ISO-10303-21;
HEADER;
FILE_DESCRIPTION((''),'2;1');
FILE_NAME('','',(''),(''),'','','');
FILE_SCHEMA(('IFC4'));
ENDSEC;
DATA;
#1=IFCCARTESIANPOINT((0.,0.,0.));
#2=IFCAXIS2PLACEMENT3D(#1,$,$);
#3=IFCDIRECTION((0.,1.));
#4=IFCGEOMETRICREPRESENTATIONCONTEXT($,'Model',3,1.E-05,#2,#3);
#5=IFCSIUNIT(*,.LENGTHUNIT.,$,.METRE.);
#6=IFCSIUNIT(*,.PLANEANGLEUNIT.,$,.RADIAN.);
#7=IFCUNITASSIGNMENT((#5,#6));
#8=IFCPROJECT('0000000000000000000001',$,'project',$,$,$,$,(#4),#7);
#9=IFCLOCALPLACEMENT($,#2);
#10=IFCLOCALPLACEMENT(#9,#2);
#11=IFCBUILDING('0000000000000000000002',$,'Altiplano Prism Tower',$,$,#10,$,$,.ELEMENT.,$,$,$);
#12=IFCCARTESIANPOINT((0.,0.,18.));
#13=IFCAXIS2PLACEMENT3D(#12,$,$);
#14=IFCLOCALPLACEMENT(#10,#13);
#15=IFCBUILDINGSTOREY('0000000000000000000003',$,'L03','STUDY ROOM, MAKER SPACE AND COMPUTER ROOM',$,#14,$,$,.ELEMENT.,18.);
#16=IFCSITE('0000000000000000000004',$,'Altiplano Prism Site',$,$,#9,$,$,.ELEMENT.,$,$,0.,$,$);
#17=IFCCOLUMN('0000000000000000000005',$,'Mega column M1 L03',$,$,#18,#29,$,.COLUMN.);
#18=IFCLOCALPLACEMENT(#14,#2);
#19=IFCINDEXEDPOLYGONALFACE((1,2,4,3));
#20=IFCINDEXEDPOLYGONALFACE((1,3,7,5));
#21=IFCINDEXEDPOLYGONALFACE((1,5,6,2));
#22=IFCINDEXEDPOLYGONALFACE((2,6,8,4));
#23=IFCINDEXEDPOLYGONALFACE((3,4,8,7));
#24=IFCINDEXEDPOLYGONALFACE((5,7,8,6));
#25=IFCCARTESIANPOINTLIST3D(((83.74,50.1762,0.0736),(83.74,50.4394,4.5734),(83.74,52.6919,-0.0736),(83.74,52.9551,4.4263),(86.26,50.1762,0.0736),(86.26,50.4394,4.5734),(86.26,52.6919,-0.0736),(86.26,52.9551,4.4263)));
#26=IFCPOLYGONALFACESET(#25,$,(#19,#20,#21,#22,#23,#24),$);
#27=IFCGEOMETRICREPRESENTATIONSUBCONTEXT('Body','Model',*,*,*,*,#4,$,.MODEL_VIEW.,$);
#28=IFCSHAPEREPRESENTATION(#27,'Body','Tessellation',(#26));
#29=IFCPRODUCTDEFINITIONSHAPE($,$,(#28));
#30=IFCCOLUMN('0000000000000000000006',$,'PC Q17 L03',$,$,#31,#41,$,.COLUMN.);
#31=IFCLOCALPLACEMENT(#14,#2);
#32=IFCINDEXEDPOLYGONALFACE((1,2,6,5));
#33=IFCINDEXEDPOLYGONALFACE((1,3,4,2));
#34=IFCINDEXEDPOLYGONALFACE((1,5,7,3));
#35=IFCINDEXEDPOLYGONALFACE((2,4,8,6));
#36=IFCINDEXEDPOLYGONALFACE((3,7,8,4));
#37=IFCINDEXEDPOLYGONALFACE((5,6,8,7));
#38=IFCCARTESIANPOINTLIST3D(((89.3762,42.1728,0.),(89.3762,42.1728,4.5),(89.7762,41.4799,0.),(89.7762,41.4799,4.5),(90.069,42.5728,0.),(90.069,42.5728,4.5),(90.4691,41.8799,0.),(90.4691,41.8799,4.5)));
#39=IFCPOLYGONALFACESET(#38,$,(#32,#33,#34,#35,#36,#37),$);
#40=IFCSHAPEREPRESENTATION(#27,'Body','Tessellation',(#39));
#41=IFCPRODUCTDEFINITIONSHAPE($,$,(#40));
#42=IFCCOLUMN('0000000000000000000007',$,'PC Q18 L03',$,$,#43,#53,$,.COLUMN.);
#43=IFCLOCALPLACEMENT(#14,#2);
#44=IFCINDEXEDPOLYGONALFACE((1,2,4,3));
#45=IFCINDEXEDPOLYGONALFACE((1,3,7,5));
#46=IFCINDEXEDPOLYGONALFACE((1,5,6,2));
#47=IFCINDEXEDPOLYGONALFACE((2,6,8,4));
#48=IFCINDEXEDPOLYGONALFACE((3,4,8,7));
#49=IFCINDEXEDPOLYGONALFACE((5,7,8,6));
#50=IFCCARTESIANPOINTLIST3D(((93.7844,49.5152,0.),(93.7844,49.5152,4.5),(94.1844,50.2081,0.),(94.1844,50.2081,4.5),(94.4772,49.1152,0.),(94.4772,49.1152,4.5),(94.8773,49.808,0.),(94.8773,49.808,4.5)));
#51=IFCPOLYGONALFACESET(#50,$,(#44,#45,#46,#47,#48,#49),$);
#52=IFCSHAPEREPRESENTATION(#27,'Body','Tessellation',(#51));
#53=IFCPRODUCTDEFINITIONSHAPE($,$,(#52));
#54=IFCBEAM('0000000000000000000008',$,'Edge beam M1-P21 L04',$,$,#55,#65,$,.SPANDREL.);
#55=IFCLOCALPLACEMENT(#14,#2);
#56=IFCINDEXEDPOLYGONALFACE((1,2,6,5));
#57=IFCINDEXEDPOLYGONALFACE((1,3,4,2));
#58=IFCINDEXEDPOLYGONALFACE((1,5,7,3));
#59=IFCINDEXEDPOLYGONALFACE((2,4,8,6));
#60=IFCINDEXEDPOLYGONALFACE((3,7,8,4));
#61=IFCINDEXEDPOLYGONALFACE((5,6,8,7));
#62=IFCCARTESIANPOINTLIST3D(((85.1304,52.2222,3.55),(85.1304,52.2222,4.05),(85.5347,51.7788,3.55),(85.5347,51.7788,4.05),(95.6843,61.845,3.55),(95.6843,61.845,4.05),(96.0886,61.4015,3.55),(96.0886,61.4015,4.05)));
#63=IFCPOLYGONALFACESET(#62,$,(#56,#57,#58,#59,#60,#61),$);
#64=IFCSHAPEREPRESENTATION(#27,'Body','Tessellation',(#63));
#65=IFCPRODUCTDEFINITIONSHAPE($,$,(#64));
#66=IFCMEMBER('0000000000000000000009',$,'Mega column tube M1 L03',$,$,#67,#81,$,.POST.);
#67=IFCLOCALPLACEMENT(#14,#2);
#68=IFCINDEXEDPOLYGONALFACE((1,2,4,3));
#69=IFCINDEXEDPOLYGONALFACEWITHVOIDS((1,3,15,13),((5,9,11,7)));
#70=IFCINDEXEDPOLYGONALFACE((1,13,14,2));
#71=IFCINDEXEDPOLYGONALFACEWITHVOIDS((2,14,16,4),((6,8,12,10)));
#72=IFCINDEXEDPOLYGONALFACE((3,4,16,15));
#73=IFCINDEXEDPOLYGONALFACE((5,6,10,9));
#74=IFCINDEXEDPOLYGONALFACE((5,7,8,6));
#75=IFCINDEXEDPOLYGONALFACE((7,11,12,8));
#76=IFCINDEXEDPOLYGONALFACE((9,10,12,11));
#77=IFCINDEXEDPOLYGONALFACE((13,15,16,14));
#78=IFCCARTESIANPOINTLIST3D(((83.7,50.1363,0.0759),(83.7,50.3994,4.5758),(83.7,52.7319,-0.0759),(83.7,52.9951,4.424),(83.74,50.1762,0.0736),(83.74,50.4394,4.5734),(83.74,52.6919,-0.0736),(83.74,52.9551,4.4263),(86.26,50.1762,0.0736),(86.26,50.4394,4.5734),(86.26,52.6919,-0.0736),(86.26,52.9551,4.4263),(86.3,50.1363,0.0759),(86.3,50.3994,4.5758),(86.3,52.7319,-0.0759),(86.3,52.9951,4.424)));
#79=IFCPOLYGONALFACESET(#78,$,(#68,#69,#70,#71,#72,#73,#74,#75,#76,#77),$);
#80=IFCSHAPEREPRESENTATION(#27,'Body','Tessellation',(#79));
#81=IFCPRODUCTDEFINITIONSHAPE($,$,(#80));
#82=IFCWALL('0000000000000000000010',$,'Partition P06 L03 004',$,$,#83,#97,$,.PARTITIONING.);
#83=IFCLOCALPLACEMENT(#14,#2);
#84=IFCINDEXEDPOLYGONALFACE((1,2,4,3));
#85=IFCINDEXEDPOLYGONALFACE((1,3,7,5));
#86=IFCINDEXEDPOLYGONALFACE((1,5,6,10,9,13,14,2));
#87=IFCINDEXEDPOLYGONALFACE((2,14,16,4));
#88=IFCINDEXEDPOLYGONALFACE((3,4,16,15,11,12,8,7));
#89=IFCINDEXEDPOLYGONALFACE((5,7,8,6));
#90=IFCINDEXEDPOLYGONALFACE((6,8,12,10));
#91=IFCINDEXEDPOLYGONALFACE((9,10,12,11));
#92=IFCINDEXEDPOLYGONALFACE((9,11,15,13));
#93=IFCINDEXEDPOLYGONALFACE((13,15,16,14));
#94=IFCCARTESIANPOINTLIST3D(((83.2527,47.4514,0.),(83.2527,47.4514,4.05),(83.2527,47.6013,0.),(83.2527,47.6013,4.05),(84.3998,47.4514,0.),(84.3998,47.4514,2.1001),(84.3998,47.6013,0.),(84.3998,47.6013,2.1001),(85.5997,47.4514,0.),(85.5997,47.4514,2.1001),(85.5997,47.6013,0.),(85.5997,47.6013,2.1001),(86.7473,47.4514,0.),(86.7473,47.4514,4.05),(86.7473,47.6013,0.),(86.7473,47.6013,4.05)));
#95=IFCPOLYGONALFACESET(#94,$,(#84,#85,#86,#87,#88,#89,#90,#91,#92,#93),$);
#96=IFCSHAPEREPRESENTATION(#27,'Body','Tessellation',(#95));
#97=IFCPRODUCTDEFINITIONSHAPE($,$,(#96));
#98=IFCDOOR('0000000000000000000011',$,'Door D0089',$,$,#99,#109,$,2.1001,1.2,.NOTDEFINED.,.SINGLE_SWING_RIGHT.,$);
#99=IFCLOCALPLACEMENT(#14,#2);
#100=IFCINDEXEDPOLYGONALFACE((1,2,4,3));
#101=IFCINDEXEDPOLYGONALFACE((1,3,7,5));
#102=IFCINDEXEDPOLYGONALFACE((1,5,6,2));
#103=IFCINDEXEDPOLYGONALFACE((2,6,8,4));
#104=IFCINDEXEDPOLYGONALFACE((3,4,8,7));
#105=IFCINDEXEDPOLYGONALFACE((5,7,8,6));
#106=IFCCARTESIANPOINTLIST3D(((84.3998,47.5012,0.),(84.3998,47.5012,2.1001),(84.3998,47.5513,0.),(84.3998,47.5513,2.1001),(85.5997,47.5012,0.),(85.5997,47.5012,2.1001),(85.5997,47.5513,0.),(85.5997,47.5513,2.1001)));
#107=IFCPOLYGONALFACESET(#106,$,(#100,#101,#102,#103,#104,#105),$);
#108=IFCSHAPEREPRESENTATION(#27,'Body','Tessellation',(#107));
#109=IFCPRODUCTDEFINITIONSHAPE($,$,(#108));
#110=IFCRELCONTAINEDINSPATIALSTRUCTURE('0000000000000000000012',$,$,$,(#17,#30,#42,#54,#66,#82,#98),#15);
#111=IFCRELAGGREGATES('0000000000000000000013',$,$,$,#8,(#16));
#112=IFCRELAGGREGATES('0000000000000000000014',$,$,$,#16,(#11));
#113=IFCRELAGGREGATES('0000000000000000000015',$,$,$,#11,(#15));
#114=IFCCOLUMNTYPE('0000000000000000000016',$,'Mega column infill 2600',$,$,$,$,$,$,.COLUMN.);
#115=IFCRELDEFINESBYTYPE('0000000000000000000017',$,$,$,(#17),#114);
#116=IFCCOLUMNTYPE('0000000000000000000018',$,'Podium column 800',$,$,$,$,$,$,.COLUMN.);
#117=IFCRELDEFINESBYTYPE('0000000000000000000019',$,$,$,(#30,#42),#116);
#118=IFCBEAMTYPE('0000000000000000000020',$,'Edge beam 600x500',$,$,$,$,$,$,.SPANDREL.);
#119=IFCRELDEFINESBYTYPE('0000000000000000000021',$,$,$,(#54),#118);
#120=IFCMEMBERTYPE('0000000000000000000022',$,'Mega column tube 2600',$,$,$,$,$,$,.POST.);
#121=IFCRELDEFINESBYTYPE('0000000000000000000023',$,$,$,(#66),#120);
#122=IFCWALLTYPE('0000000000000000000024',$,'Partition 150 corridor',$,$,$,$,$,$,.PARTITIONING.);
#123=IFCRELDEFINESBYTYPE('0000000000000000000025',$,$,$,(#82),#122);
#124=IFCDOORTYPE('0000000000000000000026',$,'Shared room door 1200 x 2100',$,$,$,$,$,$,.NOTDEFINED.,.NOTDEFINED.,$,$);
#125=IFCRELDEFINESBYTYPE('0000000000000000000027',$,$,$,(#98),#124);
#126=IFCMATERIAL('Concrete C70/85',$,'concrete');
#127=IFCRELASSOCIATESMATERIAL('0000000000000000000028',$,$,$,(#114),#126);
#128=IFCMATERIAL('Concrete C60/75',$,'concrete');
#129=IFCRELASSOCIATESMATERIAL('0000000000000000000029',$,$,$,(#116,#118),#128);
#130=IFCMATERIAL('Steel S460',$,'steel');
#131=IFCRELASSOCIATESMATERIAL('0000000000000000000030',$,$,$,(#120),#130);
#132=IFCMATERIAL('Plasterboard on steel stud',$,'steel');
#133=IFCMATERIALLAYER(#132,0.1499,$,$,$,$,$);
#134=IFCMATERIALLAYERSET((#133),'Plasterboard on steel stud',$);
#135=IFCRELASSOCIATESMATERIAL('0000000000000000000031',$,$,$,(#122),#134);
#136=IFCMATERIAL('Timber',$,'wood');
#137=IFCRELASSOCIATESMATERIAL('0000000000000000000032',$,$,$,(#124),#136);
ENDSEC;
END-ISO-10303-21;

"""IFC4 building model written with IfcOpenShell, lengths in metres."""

from ifc_helpers import new_model, si_unit, direction, frame, frame_2d, origin, origin_2d, place, context, subcontext, project, spatial, rectangle, hollow_rectangle, extrude, material, layer, layer_set, material_profile, profile_set, type_object, element, fill, save


model = new_model("IFC4")

# Units and contexts
model_context = context("Model", 3, precision=1e-05, world=origin(), true_north=direction((0.0, 1.0)))
body_context = subcontext(model_context, "Body", "Model", "MODEL_VIEW")
ifc_project = project(units=[si_unit("LENGTHUNIT", "METRE"), si_unit("PLANEANGLEUNIT", "RADIAN")], contexts=[model_context])

# Site, building, storey
site_placement = place(None, origin())
site = spatial("IfcSite", under=ifc_project, at=site_placement, Name="Altiplano Prism Site", CompositionType="ELEMENT", RefElevation=0.0)
building_placement = place(site_placement, origin())
building = spatial("IfcBuilding", under=site, at=building_placement, Name="Altiplano Prism Tower", CompositionType="ELEMENT")
storey_placement = place(building_placement, frame((0.0, 0.0, 18.0)))
storey = spatial("IfcBuildingStorey", under=building, at=storey_placement, Name="L03", Description="STUDY ROOM, MAKER SPACE AND COMPUTER ROOM", CompositionType="ELEMENT", Elevation=18.0)

# Columns
ifc_material_1 = material(Name="Concrete C70/85", Category="concrete")
ifc_material_profile_1 = material_profile(ifc_material_1, rectangle(XDim=2.52, YDim=2.52, at=origin_2d()), Name="Mega column infill 2600")
ifc_profile_set_1 = profile_set([ifc_material_profile_1], Name="Concrete C70/85")
column_type_1 = type_object("IfcColumnType", Name="Mega column infill 2600", PredefinedType="COLUMN", material=ifc_profile_set_1)
column_placement = place(storey_placement, frame((85.0, 51.4341, 0.0), z_axis=(0.0, 0.058385, 0.998294), x_axis=(-1.0, 0.0, 0.0)))
element("IfcColumn", 1, at=column_placement, inside=storey, type_object=column_type_1, Name="Mega column M1 L03", PredefinedType="COLUMN", context=body_context, shape_type="SweptSolid", body=[
    extrude(rectangle(XDim=2.52, YDim=2.52, at=origin_2d()), origin(), (0.0, 0.0, 1.0), 4.5076),
])
ifc_material_2 = material(Name="Concrete C60/75", Category="concrete")
ifc_material_profile_2 = material_profile(ifc_material_2, rectangle(XDim=0.8, YDim=0.8, at=origin_2d()), Name="Podium column 800")
ifc_profile_set_2 = profile_set([ifc_material_profile_2], Name="Concrete C60/75")
column_type_2 = type_object("IfcColumnType", Name="Podium column 800", PredefinedType="COLUMN", material=ifc_profile_set_2)
for number, where, z_axis, x_axis, name in (
    (2, (89.9226, 42.0264, 0.0), (0.0, 0.0, 1.0), (0.866025, 0.5, 0.0), "PC Q17 L03"),
    (3, (94.3308, 49.6616, 0.0), (0.0, 0.0, 1.0), (0.5, 0.866025, 0.0), "PC Q18 L03"),
):
    element("IfcColumn", number, at=place(storey_placement, frame(where, z_axis=z_axis, x_axis=x_axis)), inside=storey, type_object=column_type_2, Name=name, PredefinedType="COLUMN", context=body_context, shape_type="SweptSolid", body=[
        extrude(rectangle(XDim=0.8, YDim=0.8, at=origin_2d()), origin(), (0.0, 0.0, 1.0), 4.5),
    ])

# Beam
ifc_material_profile_3 = material_profile(ifc_material_2, rectangle(XDim=0.6001, YDim=0.5, at=origin_2d()), Name="Edge beam 600x500")
ifc_profile_set_3 = profile_set([ifc_material_profile_3], Name="Concrete C60/75")
beam_type = type_object("IfcBeamType", Name="Edge beam 600x500", PredefinedType="SPANDREL", material=ifc_profile_set_3)
beam_placement = place(storey_placement, frame((85.3325, 52.0005, 3.8), z_axis=(0.738953, 0.673757, 0.0), x_axis=(-0.673757, 0.738953, 0.0)))
element("IfcBeam", 4, at=beam_placement, inside=storey, type_object=beam_type, Name="Edge beam M1-P21 L04", PredefinedType="SPANDREL", context=body_context, shape_type="SweptSolid", body=[
    extrude(rectangle(XDim=0.6001, YDim=0.5, at=origin_2d()), origin(), (0.0, 0.0, 1.0), 14.2822),
])

# Member
ifc_material_3 = material(Name="Steel S460", Category="steel")
ifc_material_profile_4 = material_profile(ifc_material_3, hollow_rectangle(XDim=2.6001, YDim=2.6001, WallThickness=0.04, at=origin_2d()), Name="Mega column tube 2600")
ifc_profile_set_4 = profile_set([ifc_material_profile_4], Name="Steel S460")
member_type = type_object("IfcMemberType", Name="Mega column tube 2600", PredefinedType="POST", material=ifc_profile_set_4)
member_placement = place(storey_placement, frame((85.0, 51.4341, 0.0), z_axis=(0.0, 0.058385, 0.998294), x_axis=(-1.0, 0.0, 0.0)))
element("IfcMember", 5, at=member_placement, inside=storey, type_object=member_type, Name="Mega column tube M1 L03", PredefinedType="POST", context=body_context, shape_type="SweptSolid", body=[
    extrude(hollow_rectangle(XDim=2.6001, YDim=2.6001, WallThickness=0.04, at=origin_2d()), origin(), (0.0, 0.0, 1.0), 4.5076),
])

# Wall, opening, door
ifc_material_4 = material(Name="Plasterboard on steel stud", Category="steel")
ifc_layer_1 = layer(ifc_material_4, 0.1499)
ifc_layer_set_1 = layer_set([ifc_layer_1], Name="Plasterboard on steel stud")
wall_type_1 = type_object("IfcWallType", Name="Partition 150 corridor", PredefinedType="PARTITIONING", material=ifc_layer_set_1)
wall_1_placement = place(storey_placement, frame((83.2527, 47.5264, 0.0), z_axis=(0.0, 0.0, 1.0), x_axis=(1.0, 0.0, 0.0)))
wall_1 = element("IfcWall", 6, at=wall_1_placement, inside=storey, type_object=wall_type_1, Name="Partition P06 L03 004", PredefinedType="PARTITIONING", context=body_context, shape_type="SweptSolid", body=[
    extrude(rectangle(XDim=3.4946, YDim=0.1499, at=frame_2d((1.7473, 0.0))), origin(), (0.0, 0.0, 1.0), 4.05),
])
opening_1_placement = place(wall_1_placement, frame((1.147, 0.0, 0.0)))
opening_1 = element("IfcOpeningElement", 7, at=opening_1_placement, cuts=wall_1, PredefinedType="OPENING", context=body_context, shape_type="SweptSolid", body=[
    extrude(rectangle(XDim=1.2, YDim=2.1001, at=frame_2d((0.6001, 1.05))), frame((0.0, 0.0854, 0.0), z_axis=(0.0, -1.0, 0.0), x_axis=(1.0, 0.0, 0.0)), (0.0, 0.0, 1.0), 0.1709),
])
ifc_material_5 = material(Name="Timber", Category="wood")
door_type_1 = type_object("IfcDoorType", Name="Shared room door 1200 x 2100", OperationType="NOTDEFINED", PredefinedType="NOTDEFINED", material=ifc_material_5)
door_1_placement = place(opening_1_placement, origin())
door_1 = element("IfcDoor", 8, at=door_1_placement, inside=storey, type_object=door_type_1, Name="Door D0089", OperationType="SINGLE_SWING_RIGHT", OverallHeight=2.1001, OverallWidth=1.2, PredefinedType="NOTDEFINED", context=body_context, shape_type="SweptSolid", body=[
    extrude(rectangle(XDim=1.2, YDim=2.1001, at=frame_2d((0.6001, 1.05))), frame((0.0, 0.0249, 0.0), z_axis=(0.0, -1.0, 0.0), x_axis=(1.0, 0.0, 0.0)), (0.0, 0.0, 1.0), 0.05),
])
fill(opening_1, door_1)

save(model, "model.ifc")
